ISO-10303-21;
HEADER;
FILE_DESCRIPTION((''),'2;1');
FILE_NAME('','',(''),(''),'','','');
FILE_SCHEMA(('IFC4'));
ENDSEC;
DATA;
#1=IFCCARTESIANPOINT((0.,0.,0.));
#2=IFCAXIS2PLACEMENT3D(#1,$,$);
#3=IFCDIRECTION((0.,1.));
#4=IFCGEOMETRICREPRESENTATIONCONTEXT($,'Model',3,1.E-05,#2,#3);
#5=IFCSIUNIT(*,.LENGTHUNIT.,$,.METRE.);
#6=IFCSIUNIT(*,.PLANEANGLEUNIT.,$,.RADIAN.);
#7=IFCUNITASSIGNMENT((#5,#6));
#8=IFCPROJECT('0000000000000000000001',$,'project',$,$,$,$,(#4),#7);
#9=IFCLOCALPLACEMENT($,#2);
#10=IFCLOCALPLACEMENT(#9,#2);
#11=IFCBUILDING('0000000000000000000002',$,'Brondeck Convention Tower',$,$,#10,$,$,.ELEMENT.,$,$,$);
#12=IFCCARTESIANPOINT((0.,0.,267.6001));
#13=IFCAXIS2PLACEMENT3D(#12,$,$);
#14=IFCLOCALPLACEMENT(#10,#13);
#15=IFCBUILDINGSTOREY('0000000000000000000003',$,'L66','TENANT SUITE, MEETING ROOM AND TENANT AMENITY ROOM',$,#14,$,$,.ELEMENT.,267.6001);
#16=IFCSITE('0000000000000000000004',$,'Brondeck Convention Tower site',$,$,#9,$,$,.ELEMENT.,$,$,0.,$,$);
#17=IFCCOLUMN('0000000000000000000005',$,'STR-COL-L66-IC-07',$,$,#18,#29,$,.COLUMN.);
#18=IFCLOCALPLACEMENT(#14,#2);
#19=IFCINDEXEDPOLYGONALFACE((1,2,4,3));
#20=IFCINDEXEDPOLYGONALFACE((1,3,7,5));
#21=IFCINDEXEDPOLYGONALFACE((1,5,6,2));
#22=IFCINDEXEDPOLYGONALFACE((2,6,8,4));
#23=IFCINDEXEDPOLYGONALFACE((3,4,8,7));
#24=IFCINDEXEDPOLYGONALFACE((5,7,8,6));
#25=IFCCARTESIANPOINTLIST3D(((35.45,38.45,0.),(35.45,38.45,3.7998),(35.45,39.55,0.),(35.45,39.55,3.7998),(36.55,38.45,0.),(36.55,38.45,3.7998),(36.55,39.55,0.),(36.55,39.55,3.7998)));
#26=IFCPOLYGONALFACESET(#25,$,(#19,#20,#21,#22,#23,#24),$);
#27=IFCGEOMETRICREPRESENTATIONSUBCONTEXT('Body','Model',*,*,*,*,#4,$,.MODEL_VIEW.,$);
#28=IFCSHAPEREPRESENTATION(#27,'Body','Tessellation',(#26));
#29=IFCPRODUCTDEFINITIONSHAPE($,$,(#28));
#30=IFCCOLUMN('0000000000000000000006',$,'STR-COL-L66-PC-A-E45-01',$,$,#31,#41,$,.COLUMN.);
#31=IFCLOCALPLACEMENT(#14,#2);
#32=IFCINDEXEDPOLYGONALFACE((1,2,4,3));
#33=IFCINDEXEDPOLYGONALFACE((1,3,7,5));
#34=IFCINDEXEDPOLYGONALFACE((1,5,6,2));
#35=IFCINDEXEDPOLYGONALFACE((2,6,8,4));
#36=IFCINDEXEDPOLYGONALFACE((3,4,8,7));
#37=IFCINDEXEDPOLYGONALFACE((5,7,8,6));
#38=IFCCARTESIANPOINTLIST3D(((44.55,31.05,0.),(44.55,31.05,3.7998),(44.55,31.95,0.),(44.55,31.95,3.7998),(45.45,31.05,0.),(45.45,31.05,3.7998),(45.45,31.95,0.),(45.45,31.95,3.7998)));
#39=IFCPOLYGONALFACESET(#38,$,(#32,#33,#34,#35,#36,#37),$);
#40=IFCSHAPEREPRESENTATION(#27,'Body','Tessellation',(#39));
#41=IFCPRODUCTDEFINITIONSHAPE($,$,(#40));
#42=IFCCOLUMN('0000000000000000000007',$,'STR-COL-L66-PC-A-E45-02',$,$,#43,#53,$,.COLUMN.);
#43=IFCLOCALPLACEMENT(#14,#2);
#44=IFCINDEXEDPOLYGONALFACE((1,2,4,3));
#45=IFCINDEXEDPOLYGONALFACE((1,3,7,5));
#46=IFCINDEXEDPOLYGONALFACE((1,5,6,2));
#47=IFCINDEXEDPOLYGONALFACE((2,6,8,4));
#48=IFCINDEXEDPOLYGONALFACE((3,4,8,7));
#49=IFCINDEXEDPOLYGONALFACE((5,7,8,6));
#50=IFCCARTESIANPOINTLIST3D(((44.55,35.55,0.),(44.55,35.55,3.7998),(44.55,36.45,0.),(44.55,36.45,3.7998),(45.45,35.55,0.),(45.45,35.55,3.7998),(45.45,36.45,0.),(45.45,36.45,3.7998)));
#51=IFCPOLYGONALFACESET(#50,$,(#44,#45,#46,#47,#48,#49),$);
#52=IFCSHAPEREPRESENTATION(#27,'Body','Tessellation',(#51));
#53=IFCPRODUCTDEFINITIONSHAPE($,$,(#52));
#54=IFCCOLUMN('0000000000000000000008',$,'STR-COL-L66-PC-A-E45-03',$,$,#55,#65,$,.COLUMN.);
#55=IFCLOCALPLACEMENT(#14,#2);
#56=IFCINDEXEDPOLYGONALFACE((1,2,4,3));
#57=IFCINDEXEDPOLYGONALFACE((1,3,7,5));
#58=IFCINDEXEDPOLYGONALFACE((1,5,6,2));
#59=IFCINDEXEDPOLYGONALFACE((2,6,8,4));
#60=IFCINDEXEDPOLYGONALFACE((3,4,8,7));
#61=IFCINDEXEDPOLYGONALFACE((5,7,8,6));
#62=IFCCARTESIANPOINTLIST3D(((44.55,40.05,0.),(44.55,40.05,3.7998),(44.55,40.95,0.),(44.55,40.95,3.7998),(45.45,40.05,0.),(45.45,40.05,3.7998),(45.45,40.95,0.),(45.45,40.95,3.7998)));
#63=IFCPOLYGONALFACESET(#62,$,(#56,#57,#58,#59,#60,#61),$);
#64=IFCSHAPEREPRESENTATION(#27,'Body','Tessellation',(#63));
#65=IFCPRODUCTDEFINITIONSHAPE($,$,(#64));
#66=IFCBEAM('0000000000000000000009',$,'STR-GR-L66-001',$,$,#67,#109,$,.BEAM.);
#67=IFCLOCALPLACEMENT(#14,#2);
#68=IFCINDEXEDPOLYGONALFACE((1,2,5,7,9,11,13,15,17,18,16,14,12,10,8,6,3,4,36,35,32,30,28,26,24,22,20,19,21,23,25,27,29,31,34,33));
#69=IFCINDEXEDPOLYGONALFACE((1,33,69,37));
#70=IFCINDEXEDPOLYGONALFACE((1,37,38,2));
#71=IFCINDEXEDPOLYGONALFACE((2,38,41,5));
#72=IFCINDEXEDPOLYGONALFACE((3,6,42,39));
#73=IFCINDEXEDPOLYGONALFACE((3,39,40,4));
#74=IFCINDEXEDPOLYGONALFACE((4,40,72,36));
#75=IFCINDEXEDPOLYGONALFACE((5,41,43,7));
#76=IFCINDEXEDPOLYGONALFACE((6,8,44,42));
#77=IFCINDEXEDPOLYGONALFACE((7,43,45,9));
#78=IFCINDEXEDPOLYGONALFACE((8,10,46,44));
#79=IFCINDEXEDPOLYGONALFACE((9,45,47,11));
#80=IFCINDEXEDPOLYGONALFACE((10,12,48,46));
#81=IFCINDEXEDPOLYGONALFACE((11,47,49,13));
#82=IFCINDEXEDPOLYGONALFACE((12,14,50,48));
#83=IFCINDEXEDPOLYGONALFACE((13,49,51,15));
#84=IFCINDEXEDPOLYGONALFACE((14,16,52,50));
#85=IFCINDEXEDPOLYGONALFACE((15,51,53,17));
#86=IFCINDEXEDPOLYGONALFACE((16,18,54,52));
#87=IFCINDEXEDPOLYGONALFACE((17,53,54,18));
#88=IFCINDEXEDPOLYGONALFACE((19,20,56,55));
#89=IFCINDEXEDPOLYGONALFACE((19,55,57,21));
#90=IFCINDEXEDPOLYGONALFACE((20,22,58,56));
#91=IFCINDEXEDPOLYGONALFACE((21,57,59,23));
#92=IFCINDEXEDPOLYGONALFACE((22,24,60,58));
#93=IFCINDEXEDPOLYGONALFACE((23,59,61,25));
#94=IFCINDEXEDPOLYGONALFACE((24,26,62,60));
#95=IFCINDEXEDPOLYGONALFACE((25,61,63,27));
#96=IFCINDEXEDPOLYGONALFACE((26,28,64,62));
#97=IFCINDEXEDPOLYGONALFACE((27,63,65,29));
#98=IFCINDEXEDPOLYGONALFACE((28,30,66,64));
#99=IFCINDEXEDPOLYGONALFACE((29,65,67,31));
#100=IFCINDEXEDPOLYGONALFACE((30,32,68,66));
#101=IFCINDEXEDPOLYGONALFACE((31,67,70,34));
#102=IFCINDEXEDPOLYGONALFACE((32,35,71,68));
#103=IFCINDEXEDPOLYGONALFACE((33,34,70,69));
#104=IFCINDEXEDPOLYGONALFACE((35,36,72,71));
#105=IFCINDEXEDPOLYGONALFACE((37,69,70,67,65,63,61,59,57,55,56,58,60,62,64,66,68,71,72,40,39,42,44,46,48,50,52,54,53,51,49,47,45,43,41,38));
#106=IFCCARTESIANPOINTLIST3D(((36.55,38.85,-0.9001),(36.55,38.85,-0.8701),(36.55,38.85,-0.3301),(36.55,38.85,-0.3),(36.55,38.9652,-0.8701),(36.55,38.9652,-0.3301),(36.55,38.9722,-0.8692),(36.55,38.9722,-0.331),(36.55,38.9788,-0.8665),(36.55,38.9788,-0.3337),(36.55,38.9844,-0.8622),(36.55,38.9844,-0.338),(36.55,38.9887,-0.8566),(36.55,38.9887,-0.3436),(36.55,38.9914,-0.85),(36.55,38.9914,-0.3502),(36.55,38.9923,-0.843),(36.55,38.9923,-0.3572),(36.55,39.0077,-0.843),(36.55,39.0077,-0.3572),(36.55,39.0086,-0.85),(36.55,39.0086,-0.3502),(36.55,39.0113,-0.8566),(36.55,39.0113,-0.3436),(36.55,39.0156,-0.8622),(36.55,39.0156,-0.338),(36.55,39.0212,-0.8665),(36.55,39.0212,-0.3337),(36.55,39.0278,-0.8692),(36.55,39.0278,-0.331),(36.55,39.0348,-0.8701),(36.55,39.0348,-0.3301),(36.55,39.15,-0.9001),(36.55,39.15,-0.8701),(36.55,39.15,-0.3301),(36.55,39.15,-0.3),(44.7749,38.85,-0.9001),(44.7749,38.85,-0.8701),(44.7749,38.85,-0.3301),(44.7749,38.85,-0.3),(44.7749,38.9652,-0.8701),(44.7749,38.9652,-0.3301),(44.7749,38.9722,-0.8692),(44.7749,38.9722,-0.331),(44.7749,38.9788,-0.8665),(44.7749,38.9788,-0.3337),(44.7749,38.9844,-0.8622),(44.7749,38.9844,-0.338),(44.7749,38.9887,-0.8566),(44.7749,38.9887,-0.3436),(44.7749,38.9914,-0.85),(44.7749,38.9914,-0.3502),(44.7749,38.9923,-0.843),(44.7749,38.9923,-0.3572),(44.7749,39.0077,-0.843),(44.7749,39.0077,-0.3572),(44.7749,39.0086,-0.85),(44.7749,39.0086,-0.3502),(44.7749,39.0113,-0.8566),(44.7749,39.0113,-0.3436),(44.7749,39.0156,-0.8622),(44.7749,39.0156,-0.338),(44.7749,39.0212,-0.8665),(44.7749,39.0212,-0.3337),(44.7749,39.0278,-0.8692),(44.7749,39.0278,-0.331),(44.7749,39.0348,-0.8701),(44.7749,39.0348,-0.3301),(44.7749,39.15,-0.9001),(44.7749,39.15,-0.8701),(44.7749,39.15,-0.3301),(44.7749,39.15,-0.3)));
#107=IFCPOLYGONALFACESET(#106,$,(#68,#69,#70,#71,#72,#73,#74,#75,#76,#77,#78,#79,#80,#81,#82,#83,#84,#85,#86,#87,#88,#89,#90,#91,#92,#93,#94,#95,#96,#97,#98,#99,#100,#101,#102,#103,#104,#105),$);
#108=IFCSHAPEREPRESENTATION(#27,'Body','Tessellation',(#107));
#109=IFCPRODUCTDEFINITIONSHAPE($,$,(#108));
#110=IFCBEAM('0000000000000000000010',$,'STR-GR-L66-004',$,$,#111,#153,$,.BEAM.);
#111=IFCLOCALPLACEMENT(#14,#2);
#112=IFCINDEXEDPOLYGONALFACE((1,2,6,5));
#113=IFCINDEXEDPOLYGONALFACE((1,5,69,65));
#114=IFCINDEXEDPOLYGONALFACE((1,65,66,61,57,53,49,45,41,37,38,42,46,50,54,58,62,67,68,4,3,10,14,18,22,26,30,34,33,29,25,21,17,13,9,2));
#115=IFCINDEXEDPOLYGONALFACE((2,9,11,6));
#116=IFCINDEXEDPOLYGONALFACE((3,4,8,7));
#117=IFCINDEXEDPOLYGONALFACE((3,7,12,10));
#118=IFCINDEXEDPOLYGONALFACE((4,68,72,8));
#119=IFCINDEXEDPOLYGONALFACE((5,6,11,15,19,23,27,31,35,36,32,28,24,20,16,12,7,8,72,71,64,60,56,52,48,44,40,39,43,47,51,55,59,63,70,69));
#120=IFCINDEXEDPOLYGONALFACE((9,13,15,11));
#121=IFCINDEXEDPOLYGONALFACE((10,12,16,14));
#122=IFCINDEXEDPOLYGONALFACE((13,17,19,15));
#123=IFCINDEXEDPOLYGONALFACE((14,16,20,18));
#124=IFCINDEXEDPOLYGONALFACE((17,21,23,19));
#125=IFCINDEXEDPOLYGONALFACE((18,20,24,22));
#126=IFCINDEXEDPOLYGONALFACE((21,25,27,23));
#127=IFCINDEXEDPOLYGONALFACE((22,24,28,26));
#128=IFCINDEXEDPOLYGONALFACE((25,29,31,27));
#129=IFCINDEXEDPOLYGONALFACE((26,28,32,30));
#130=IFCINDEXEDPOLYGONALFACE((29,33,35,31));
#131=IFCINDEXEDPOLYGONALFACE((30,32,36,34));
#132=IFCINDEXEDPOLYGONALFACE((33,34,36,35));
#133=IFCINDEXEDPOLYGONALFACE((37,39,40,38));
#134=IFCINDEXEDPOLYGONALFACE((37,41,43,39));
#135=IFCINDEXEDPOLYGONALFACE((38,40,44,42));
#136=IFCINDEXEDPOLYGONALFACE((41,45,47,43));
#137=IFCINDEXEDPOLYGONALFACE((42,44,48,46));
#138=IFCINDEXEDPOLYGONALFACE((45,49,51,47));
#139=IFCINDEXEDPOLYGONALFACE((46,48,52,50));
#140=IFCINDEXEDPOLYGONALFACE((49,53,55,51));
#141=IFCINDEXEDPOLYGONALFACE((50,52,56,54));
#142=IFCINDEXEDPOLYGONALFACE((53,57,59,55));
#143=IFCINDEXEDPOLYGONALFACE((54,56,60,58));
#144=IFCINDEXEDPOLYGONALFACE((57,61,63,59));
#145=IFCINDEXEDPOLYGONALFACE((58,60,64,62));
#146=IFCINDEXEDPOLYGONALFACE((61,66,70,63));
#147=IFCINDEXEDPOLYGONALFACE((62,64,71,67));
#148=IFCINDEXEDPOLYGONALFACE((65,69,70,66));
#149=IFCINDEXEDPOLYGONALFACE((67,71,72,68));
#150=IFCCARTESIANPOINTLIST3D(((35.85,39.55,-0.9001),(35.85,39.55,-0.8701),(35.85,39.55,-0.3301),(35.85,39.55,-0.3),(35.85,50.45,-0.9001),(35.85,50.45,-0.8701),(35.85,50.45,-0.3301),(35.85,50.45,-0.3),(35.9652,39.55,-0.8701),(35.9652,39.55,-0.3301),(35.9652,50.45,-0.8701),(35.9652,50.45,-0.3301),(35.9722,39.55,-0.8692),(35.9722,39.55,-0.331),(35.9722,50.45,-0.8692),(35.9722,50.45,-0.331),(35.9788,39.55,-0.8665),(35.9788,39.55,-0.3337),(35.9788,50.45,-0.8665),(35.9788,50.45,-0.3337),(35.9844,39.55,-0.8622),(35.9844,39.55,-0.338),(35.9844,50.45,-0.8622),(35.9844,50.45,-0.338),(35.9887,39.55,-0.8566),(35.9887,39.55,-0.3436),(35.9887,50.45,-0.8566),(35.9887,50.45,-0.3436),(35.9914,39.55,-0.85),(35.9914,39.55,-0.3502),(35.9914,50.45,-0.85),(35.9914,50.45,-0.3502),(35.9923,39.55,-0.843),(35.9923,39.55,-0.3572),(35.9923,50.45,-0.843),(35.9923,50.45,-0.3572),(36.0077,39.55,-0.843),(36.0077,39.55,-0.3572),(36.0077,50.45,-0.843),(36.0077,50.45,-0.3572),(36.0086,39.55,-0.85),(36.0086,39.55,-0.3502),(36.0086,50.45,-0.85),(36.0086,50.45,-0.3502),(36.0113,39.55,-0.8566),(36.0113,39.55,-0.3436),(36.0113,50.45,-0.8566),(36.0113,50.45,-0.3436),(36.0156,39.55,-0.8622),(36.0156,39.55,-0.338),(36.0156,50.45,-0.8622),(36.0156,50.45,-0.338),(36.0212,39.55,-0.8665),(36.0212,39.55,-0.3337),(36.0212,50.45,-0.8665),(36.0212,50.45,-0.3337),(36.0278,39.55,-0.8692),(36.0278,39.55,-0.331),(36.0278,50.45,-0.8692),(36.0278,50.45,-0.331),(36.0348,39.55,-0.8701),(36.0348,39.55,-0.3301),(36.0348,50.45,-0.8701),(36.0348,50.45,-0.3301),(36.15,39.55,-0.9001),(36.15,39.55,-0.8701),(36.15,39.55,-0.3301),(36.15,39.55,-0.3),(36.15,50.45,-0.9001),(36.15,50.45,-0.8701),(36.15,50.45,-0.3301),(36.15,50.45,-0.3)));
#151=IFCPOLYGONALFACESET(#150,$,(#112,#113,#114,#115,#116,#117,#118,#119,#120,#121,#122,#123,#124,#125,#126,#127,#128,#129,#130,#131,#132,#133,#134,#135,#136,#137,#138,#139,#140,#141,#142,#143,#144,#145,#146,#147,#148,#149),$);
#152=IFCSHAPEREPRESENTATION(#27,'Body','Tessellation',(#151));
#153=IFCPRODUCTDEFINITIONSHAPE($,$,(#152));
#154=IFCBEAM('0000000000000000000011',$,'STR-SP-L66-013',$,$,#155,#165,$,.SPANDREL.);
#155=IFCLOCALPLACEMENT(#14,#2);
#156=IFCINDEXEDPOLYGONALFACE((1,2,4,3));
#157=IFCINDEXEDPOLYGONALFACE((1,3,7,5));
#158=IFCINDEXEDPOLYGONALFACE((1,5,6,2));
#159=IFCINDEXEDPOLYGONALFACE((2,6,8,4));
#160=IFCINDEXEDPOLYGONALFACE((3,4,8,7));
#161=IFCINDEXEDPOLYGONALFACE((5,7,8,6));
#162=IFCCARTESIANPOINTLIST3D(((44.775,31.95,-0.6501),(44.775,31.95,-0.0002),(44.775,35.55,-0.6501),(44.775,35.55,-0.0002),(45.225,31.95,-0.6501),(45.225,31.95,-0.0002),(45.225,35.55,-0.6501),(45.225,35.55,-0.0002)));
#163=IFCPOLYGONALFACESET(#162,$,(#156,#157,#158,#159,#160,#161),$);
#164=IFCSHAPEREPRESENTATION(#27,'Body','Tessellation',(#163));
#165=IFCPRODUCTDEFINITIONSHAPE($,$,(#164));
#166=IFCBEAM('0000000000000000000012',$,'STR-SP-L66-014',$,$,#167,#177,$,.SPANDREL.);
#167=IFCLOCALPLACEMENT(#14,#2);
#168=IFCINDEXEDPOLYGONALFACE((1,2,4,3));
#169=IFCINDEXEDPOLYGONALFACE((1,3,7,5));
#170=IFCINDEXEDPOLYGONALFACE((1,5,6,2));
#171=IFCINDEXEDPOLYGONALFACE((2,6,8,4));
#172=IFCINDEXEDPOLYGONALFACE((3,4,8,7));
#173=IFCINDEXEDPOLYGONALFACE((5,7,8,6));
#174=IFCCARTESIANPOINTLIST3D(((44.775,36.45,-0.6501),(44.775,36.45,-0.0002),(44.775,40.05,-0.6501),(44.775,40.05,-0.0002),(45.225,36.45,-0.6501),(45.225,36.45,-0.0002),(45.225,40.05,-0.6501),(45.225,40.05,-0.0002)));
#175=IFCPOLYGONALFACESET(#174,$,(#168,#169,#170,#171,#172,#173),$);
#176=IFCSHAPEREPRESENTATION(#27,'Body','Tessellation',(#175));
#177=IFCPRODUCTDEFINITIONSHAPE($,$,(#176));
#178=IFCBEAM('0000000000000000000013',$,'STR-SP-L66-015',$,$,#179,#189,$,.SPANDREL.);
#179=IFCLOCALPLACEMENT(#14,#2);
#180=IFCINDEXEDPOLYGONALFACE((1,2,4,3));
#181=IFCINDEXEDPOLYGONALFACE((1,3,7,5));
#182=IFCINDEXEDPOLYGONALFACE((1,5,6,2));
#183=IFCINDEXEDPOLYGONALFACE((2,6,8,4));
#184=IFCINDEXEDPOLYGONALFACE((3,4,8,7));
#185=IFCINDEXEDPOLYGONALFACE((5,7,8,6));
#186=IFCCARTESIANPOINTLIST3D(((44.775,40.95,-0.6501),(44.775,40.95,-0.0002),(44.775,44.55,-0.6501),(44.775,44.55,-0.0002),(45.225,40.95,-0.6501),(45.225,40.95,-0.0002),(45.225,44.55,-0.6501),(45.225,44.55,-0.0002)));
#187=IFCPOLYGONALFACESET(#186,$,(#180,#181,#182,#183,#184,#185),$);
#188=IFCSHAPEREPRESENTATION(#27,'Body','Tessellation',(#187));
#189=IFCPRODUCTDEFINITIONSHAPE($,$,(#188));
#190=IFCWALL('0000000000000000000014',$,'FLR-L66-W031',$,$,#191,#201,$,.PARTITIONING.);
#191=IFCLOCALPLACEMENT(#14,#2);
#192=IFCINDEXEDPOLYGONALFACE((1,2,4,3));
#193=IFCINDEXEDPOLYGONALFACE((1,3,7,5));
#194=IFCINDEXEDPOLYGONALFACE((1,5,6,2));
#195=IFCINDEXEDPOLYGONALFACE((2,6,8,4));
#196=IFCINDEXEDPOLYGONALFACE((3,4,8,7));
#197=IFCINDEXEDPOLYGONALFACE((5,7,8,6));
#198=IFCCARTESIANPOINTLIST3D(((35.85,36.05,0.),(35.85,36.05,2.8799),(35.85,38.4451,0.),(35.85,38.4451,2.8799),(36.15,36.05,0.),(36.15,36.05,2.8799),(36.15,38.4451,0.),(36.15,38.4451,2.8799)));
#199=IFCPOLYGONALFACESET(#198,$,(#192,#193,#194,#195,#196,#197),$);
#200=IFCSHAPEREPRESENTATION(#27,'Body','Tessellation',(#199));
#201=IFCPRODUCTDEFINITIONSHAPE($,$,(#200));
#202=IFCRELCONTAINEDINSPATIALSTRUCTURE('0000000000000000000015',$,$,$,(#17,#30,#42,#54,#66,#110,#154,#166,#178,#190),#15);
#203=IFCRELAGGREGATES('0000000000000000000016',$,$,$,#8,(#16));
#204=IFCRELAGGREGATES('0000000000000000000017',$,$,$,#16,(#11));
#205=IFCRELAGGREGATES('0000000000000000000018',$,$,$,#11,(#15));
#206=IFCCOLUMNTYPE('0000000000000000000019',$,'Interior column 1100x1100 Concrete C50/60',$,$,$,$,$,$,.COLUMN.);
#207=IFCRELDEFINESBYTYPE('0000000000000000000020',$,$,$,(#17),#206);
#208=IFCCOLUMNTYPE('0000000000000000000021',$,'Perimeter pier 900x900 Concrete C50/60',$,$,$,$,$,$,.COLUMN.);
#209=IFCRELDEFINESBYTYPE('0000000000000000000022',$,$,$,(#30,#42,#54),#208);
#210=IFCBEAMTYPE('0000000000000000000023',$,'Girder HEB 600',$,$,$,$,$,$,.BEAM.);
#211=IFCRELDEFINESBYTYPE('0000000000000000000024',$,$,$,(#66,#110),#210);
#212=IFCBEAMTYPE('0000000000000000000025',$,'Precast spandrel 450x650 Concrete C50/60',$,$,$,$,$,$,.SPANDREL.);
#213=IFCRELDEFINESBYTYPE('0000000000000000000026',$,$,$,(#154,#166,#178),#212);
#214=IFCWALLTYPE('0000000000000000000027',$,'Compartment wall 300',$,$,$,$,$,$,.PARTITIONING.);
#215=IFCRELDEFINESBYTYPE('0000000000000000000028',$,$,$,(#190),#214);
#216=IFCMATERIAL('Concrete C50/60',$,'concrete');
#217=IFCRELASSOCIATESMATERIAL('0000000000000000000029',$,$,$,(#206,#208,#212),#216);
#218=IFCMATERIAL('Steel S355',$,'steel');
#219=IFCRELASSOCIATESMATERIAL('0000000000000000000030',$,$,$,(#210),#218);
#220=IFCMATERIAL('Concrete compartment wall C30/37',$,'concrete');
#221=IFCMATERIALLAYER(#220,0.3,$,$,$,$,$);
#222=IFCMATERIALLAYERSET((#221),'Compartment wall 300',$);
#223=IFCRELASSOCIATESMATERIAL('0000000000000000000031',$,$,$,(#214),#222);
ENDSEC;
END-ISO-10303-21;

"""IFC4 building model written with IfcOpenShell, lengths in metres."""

from ifc_helpers import new_model, si_unit, direction, frame, frame_2d, origin, origin_2d, place, context, subcontext, project, spatial, rectangle, i_section, extrude, material, layer, layer_set, material_profile, profile_set, type_object, element, save


model = new_model("IFC4")

# Units and contexts
model_context = context("Model", 3, precision=1e-05, world=origin(), true_north=direction((0.0, 1.0)))
body_context = subcontext(model_context, "Body", "Model", "MODEL_VIEW")
ifc_project = project(units=[si_unit("LENGTHUNIT", "METRE"), si_unit("PLANEANGLEUNIT", "RADIAN")], contexts=[model_context])

# Site, building, storey
site_placement = place(None, origin())
site = spatial("IfcSite", under=ifc_project, at=site_placement, Name="Brondeck Convention Tower site", CompositionType="ELEMENT", RefElevation=0.0)
building_placement = place(site_placement, origin())
building = spatial("IfcBuilding", under=site, at=building_placement, Name="Brondeck Convention Tower", CompositionType="ELEMENT")
storey_placement = place(building_placement, frame((0.0, 0.0, 267.6001)))
storey = spatial("IfcBuildingStorey", under=building, at=storey_placement, Name="L66", Description="TENANT SUITE, MEETING ROOM AND TENANT AMENITY ROOM", CompositionType="ELEMENT", Elevation=267.6001)

# Columns
ifc_material_1 = material(Name="Concrete C50/60", Category="concrete")
ifc_material_profile_1 = material_profile(ifc_material_1, rectangle(XDim=1.1001, YDim=1.1001, at=origin_2d()), Name="Interior column 1100x1100 Concrete C50/60")
ifc_profile_set_1 = profile_set([ifc_material_profile_1], Name="Concrete C50/60")
column_type_1 = type_object("IfcColumnType", Name="Interior column 1100x1100 Concrete C50/60", PredefinedType="COLUMN", material=ifc_profile_set_1)
column_placement = place(storey_placement, frame((36.0, 39.0, 0.0), z_axis=(0.0, 0.0, 1.0), x_axis=(1.0, 0.0, 0.0)))
element("IfcColumn", 1, at=column_placement, inside=storey, type_object=column_type_1, Name="STR-COL-L66-IC-07", PredefinedType="COLUMN", context=body_context, shape_type="SweptSolid", body=[
    extrude(rectangle(XDim=1.1001, YDim=1.1001, at=origin_2d()), origin(), (0.0, 0.0, 1.0), 3.7998),
])
ifc_material_profile_2 = material_profile(ifc_material_1, rectangle(XDim=0.8999, YDim=0.8999, at=origin_2d()), Name="Perimeter pier 900x900 Concrete C50/60")
ifc_profile_set_2 = profile_set([ifc_material_profile_2], Name="Concrete C50/60")
column_type_2 = type_object("IfcColumnType", Name="Perimeter pier 900x900 Concrete C50/60", PredefinedType="COLUMN", material=ifc_profile_set_2)
for number, where, z_axis, x_axis, name in (
    (2, (45.0, 31.5, 0.0), (0.0, 0.0, 1.0), (0.0, 1.0, 0.0), "STR-COL-L66-PC-A-E45-01"),
    (3, (45.0, 36.0, 0.0), (0.0, 0.0, 1.0), (0.0, 1.0, 0.0), "STR-COL-L66-PC-A-E45-02"),
    (4, (45.0, 40.5, 0.0), (0.0, 0.0, 1.0), (0.0, 1.0, 0.0), "STR-COL-L66-PC-A-E45-03"),
):
    element("IfcColumn", number, at=place(storey_placement, frame(where, z_axis=z_axis, x_axis=x_axis)), inside=storey, type_object=column_type_2, Name=name, PredefinedType="COLUMN", context=body_context, shape_type="SweptSolid", body=[
        extrude(rectangle(XDim=0.8999, YDim=0.8999, at=origin_2d()), origin(), (0.0, 0.0, 1.0), 3.7998),
    ])

# Beams
ifc_material_2 = material(Name="Steel S355", Category="steel")
ifc_material_profile_3 = material_profile(ifc_material_2, i_section(OverallWidth=0.3, OverallDepth=0.6001, WebThickness=0.0154, FlangeThickness=0.03, FilletRadius=0.0271, at=origin_2d()), Name="HEB 600")
ifc_profile_set_3 = profile_set([ifc_material_profile_3], Name="Steel S355")
beam_type_1 = type_object("IfcBeamType", Name="Girder HEB 600", PredefinedType="BEAM", material=ifc_profile_set_3)
beam_1_placement = place(storey_placement, frame((36.55, 39.0, -0.6001), z_axis=(1.0, 0.0, 0.0), x_axis=(0.0, 1.0, 0.0)))
element("IfcBeam", 5, at=beam_1_placement, inside=storey, type_object=beam_type_1, Name="STR-GR-L66-001", PredefinedType="BEAM", context=body_context, shape_type="SweptSolid", body=[
    extrude(i_section(OverallWidth=0.3, OverallDepth=0.6001, WebThickness=0.0154, FlangeThickness=0.03, FilletRadius=0.0271, at=origin_2d()), origin(), (0.0, 0.0, 1.0), 8.2249),
])
beam_2_placement = place(storey_placement, frame((36.0, 39.55, -0.6001), z_axis=(0.0, 1.0, 0.0), x_axis=(-1.0, 0.0, 0.0)))
element("IfcBeam", 6, at=beam_2_placement, inside=storey, type_object=beam_type_1, Name="STR-GR-L66-004", PredefinedType="BEAM", context=body_context, shape_type="SweptSolid", body=[
    extrude(i_section(OverallWidth=0.3, OverallDepth=0.6001, WebThickness=0.0154, FlangeThickness=0.03, FilletRadius=0.0271, at=origin_2d()), origin(), (0.0, 0.0, 1.0), 10.8999),
])
ifc_material_profile_4 = material_profile(ifc_material_1, rectangle(XDim=0.45, YDim=0.6499, at=origin_2d()), Name="Precast spandrel 450x650 Concrete C50/60")
ifc_profile_set_4 = profile_set([ifc_material_profile_4], Name="Concrete C50/60")
beam_type_2 = type_object("IfcBeamType", Name="Precast spandrel 450x650 Concrete C50/60", PredefinedType="SPANDREL", material=ifc_profile_set_4)
for number, where, z_axis, x_axis, name in (
    (7, (45.0, 31.95, -0.3252), (0.0, 1.0, 0.0), (-1.0, 0.0, 0.0), "STR-SP-L66-013"),
    (8, (45.0, 36.45, -0.3252), (0.0, 1.0, 0.0), (-1.0, 0.0, 0.0), "STR-SP-L66-014"),
    (9, (45.0, 40.95, -0.3252), (0.0, 1.0, 0.0), (-1.0, 0.0, 0.0), "STR-SP-L66-015"),
):
    element("IfcBeam", number, at=place(storey_placement, frame(where, z_axis=z_axis, x_axis=x_axis)), inside=storey, type_object=beam_type_2, Name=name, PredefinedType="SPANDREL", context=body_context, shape_type="SweptSolid", body=[
        extrude(rectangle(XDim=0.45, YDim=0.6499, at=origin_2d()), origin(), (0.0, 0.0, 1.0), 3.6001),
    ])

# Wall
ifc_material_3 = material(Name="Concrete compartment wall C30/37", Category="concrete")
ifc_layer_1 = layer(ifc_material_3, 0.3)
ifc_layer_set_1 = layer_set([ifc_layer_1], Name="Compartment wall 300")
wall_type_1 = type_object("IfcWallType", Name="Compartment wall 300", PredefinedType="PARTITIONING", material=ifc_layer_set_1)
wall_1_placement = place(storey_placement, frame((36.0, 36.05, 0.0), z_axis=(0.0, 0.0, 1.0), x_axis=(0.0, 1.0, 0.0)))
element("IfcWall", 10, at=wall_1_placement, inside=storey, type_object=wall_type_1, Name="FLR-L66-W031", PredefinedType="PARTITIONING", context=body_context, shape_type="SweptSolid", body=[
    extrude(rectangle(XDim=2.395, YDim=0.3, at=frame_2d((1.1975, 0.0))), origin(), (0.0, 0.0, 1.0), 2.8799),
])

save(model, "model.ifc")
